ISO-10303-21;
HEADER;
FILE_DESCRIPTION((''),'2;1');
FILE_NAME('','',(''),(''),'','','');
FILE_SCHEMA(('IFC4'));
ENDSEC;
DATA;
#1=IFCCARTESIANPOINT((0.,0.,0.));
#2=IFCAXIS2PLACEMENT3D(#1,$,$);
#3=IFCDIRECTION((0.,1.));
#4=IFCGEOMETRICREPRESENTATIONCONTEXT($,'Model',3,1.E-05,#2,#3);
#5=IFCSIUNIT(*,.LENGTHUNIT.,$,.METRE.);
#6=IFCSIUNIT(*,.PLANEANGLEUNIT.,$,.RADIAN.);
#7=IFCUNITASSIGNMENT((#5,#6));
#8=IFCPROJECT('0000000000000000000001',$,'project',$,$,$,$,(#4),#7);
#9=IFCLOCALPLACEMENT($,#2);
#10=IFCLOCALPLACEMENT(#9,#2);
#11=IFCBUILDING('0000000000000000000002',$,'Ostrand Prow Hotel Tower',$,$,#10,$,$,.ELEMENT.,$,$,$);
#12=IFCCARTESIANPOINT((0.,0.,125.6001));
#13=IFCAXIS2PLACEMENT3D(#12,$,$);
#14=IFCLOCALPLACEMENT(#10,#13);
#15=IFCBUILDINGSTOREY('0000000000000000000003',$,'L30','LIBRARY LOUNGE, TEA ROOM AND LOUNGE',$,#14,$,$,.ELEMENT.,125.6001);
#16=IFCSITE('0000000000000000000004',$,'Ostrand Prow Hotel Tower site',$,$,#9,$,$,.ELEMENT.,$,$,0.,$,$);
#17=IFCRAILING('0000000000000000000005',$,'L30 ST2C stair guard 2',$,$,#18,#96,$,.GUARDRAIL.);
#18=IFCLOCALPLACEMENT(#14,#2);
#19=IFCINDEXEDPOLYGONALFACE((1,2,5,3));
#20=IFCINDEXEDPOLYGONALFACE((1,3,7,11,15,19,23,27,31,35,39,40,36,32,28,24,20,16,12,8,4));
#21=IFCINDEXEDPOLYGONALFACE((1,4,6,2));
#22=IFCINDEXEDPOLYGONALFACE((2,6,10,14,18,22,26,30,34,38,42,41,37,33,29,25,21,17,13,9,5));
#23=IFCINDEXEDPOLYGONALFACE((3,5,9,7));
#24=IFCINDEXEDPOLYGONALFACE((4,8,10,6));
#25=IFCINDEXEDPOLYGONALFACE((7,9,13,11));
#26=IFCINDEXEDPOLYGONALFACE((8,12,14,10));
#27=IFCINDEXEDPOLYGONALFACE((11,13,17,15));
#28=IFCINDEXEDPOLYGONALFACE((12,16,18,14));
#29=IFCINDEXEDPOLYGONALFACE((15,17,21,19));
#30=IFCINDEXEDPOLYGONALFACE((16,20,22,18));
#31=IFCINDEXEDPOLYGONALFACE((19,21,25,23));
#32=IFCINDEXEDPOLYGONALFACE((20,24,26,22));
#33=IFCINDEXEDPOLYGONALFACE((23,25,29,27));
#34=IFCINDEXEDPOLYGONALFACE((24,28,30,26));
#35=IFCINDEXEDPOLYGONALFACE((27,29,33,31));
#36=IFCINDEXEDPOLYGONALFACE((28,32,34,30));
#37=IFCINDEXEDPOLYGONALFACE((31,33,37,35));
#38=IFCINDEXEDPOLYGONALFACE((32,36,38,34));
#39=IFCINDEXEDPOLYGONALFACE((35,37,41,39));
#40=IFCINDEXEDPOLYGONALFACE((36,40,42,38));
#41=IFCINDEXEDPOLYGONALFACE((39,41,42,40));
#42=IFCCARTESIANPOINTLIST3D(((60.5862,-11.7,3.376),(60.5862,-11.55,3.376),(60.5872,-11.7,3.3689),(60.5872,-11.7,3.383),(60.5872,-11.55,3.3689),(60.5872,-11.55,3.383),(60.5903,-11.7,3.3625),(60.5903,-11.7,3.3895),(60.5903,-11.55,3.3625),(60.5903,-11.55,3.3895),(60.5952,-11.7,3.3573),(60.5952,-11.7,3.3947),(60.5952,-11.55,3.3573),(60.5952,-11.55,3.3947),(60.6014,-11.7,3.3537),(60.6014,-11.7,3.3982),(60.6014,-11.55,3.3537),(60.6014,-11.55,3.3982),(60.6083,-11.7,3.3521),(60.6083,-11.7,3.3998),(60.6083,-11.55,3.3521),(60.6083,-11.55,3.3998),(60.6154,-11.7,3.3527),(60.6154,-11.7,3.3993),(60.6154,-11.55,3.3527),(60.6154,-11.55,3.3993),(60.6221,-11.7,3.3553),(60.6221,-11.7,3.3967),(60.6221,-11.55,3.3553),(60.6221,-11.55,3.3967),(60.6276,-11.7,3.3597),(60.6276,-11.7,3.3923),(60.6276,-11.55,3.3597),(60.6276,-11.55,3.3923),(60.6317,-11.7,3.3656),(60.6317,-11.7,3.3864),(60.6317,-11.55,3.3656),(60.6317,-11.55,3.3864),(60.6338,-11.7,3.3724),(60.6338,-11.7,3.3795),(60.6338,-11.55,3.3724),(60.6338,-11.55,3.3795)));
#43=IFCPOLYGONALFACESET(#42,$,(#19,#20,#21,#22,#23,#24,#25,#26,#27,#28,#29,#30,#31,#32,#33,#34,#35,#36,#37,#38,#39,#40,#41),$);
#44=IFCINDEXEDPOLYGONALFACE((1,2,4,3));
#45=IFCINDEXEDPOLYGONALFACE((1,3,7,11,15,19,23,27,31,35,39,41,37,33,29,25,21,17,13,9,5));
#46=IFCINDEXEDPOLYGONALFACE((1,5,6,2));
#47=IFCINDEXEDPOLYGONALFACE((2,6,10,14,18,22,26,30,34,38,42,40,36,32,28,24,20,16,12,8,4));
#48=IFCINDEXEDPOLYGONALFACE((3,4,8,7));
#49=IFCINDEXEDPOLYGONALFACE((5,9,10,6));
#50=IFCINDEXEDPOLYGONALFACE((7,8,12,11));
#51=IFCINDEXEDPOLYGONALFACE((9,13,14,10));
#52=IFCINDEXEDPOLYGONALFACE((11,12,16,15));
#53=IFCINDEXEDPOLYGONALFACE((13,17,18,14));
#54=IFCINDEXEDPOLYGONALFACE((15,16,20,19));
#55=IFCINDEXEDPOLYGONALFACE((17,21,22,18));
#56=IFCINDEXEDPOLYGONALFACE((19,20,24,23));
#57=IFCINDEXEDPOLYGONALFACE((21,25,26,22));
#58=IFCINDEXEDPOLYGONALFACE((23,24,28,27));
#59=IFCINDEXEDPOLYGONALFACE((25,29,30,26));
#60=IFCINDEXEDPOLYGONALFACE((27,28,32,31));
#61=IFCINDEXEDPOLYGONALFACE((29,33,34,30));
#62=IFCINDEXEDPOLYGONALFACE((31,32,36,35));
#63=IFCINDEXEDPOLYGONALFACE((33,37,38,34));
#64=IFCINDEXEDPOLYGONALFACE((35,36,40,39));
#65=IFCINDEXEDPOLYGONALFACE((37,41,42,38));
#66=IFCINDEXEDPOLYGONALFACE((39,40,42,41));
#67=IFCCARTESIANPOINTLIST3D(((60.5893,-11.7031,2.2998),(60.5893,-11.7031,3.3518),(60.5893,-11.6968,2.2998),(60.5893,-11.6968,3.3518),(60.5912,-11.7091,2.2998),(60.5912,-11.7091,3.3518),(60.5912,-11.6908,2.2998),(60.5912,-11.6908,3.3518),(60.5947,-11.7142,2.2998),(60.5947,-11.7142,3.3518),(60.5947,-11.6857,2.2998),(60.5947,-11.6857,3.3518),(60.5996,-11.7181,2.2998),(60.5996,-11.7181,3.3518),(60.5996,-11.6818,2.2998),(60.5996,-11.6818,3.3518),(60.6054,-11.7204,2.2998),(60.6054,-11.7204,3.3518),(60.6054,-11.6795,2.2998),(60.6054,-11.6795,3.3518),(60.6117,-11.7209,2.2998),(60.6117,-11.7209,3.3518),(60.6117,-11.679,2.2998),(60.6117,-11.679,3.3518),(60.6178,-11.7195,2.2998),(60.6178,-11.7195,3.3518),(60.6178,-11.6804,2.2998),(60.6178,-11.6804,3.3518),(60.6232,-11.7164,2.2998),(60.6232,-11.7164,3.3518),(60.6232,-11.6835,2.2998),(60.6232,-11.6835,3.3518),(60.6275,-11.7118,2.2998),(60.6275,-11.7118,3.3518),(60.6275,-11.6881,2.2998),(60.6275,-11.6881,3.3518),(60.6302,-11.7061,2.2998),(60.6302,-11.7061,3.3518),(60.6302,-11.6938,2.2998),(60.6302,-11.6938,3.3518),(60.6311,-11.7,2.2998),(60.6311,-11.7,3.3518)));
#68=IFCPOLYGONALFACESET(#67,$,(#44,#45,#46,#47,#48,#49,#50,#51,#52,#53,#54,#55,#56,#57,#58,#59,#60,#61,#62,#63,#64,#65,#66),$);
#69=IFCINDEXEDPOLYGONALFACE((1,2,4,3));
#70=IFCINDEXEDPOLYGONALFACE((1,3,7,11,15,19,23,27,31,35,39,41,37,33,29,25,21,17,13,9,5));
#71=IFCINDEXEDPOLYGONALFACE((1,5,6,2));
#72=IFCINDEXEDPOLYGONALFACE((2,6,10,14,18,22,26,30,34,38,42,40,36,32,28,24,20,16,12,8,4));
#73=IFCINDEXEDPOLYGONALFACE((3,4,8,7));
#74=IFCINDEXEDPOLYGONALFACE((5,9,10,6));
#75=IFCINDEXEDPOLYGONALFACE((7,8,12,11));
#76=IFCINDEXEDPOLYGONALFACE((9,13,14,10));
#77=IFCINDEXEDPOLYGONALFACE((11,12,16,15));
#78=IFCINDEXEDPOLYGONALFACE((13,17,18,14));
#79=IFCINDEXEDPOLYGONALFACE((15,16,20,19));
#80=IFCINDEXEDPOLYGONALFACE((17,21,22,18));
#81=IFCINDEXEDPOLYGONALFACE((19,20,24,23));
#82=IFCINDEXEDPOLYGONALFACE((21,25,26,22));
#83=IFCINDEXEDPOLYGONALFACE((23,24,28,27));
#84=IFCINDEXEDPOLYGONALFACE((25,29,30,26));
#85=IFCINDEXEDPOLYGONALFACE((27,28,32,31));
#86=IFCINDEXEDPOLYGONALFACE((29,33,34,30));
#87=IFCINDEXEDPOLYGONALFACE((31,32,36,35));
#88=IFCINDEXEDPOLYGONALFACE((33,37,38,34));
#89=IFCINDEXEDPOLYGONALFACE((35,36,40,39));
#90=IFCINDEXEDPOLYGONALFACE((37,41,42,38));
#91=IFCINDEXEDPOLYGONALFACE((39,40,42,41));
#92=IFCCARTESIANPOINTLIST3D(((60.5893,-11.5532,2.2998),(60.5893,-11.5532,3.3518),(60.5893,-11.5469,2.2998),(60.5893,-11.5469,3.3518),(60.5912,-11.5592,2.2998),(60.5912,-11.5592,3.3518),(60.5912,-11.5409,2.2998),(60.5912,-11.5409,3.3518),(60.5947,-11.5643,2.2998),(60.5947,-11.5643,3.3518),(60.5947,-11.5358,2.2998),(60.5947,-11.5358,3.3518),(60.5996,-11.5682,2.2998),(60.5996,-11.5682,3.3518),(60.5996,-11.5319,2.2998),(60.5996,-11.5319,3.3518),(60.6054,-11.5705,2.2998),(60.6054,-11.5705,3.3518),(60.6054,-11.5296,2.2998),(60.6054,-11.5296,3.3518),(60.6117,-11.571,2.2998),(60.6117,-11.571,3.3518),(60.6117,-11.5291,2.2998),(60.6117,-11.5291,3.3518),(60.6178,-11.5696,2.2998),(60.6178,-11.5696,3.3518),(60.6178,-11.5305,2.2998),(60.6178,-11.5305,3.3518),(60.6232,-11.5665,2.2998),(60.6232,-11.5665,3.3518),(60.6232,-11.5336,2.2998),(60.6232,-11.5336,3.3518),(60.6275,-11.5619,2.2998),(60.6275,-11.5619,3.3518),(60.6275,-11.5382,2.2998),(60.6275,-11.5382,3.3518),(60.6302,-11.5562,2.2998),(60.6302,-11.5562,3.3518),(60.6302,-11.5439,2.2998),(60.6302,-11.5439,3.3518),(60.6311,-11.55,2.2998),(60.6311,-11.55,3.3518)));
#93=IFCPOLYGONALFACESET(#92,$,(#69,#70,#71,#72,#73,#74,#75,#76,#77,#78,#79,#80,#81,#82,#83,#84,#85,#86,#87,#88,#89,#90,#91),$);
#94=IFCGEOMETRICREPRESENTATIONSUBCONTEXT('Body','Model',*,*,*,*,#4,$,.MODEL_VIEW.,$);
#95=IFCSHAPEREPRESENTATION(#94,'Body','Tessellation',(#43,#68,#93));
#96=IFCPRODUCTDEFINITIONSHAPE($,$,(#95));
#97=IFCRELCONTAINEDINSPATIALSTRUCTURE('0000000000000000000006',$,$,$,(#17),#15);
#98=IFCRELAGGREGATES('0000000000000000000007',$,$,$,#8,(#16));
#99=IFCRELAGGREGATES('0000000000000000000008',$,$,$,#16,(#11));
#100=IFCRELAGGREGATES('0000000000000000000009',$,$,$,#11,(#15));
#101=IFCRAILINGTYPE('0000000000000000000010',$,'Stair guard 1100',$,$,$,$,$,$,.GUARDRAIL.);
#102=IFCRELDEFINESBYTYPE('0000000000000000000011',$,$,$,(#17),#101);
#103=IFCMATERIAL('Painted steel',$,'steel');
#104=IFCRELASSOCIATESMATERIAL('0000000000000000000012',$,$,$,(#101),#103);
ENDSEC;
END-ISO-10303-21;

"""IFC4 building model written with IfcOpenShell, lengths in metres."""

from ifc_helpers import new_model, si_unit, direction, frame, origin, origin_2d, place, context, subcontext, project, spatial, circle, extrude, material, type_object, element, save


model = new_model("IFC4")

# Units and contexts
model_context = context("Model", 3, precision=1e-05, world=origin(), true_north=direction((0.0, 1.0)))
body_context = subcontext(model_context, "Body", "Model", "MODEL_VIEW")
ifc_project = project(units=[si_unit("LENGTHUNIT", "METRE"), si_unit("PLANEANGLEUNIT", "RADIAN")], contexts=[model_context])

# Site, building, storey
site_placement = place(None, origin())
site = spatial("IfcSite", under=ifc_project, at=site_placement, Name="Ostrand Prow Hotel Tower site", CompositionType="ELEMENT", RefElevation=0.0)
building_placement = place(site_placement, origin())
building = spatial("IfcBuilding", under=site, at=building_placement, Name="Ostrand Prow Hotel Tower", CompositionType="ELEMENT")
storey_placement = place(building_placement, frame((0.0, 0.0, 125.6001)))
storey = spatial("IfcBuildingStorey", under=building, at=storey_placement, Name="L30", Description="LIBRARY LOUNGE, TEA ROOM AND LOUNGE", CompositionType="ELEMENT", Elevation=125.6001)

# Railing
ifc_material_1 = material(Name="Painted steel", Category="steel")
railing_type_1 = type_object("IfcRailingType", Name="Stair guard 1100", PredefinedType="GUARDRAIL", material=ifc_material_1)
railing_1_placement = place(storey_placement, frame((60.6101, -11.7, 2.2998)))
element("IfcRailing", 1, at=railing_1_placement, inside=storey, type_object=railing_type_1, Name="L30 ST2C stair guard 2", PredefinedType="GUARDRAIL", context=body_context, shape_type="SweptSolid", body=[
    extrude(circle(Radius=0.0239, at=origin_2d()), frame((0.0, 0.0, 1.0762), z_axis=(0.0, 1.0, 0.0), x_axis=(-1.0, 0.0, 0.0)), (0.0, 0.0, 1.0), 0.1499),
    extrude(circle(Radius=0.021, at=origin_2d()), origin(), (0.0, 0.0, 1.0), 1.052),
    extrude(circle(Radius=0.021, at=origin_2d()), frame((0.0, 0.1499, 0.0)), (0.0, 0.0, 1.0), 1.052),
])

save(model, "model.ifc")
